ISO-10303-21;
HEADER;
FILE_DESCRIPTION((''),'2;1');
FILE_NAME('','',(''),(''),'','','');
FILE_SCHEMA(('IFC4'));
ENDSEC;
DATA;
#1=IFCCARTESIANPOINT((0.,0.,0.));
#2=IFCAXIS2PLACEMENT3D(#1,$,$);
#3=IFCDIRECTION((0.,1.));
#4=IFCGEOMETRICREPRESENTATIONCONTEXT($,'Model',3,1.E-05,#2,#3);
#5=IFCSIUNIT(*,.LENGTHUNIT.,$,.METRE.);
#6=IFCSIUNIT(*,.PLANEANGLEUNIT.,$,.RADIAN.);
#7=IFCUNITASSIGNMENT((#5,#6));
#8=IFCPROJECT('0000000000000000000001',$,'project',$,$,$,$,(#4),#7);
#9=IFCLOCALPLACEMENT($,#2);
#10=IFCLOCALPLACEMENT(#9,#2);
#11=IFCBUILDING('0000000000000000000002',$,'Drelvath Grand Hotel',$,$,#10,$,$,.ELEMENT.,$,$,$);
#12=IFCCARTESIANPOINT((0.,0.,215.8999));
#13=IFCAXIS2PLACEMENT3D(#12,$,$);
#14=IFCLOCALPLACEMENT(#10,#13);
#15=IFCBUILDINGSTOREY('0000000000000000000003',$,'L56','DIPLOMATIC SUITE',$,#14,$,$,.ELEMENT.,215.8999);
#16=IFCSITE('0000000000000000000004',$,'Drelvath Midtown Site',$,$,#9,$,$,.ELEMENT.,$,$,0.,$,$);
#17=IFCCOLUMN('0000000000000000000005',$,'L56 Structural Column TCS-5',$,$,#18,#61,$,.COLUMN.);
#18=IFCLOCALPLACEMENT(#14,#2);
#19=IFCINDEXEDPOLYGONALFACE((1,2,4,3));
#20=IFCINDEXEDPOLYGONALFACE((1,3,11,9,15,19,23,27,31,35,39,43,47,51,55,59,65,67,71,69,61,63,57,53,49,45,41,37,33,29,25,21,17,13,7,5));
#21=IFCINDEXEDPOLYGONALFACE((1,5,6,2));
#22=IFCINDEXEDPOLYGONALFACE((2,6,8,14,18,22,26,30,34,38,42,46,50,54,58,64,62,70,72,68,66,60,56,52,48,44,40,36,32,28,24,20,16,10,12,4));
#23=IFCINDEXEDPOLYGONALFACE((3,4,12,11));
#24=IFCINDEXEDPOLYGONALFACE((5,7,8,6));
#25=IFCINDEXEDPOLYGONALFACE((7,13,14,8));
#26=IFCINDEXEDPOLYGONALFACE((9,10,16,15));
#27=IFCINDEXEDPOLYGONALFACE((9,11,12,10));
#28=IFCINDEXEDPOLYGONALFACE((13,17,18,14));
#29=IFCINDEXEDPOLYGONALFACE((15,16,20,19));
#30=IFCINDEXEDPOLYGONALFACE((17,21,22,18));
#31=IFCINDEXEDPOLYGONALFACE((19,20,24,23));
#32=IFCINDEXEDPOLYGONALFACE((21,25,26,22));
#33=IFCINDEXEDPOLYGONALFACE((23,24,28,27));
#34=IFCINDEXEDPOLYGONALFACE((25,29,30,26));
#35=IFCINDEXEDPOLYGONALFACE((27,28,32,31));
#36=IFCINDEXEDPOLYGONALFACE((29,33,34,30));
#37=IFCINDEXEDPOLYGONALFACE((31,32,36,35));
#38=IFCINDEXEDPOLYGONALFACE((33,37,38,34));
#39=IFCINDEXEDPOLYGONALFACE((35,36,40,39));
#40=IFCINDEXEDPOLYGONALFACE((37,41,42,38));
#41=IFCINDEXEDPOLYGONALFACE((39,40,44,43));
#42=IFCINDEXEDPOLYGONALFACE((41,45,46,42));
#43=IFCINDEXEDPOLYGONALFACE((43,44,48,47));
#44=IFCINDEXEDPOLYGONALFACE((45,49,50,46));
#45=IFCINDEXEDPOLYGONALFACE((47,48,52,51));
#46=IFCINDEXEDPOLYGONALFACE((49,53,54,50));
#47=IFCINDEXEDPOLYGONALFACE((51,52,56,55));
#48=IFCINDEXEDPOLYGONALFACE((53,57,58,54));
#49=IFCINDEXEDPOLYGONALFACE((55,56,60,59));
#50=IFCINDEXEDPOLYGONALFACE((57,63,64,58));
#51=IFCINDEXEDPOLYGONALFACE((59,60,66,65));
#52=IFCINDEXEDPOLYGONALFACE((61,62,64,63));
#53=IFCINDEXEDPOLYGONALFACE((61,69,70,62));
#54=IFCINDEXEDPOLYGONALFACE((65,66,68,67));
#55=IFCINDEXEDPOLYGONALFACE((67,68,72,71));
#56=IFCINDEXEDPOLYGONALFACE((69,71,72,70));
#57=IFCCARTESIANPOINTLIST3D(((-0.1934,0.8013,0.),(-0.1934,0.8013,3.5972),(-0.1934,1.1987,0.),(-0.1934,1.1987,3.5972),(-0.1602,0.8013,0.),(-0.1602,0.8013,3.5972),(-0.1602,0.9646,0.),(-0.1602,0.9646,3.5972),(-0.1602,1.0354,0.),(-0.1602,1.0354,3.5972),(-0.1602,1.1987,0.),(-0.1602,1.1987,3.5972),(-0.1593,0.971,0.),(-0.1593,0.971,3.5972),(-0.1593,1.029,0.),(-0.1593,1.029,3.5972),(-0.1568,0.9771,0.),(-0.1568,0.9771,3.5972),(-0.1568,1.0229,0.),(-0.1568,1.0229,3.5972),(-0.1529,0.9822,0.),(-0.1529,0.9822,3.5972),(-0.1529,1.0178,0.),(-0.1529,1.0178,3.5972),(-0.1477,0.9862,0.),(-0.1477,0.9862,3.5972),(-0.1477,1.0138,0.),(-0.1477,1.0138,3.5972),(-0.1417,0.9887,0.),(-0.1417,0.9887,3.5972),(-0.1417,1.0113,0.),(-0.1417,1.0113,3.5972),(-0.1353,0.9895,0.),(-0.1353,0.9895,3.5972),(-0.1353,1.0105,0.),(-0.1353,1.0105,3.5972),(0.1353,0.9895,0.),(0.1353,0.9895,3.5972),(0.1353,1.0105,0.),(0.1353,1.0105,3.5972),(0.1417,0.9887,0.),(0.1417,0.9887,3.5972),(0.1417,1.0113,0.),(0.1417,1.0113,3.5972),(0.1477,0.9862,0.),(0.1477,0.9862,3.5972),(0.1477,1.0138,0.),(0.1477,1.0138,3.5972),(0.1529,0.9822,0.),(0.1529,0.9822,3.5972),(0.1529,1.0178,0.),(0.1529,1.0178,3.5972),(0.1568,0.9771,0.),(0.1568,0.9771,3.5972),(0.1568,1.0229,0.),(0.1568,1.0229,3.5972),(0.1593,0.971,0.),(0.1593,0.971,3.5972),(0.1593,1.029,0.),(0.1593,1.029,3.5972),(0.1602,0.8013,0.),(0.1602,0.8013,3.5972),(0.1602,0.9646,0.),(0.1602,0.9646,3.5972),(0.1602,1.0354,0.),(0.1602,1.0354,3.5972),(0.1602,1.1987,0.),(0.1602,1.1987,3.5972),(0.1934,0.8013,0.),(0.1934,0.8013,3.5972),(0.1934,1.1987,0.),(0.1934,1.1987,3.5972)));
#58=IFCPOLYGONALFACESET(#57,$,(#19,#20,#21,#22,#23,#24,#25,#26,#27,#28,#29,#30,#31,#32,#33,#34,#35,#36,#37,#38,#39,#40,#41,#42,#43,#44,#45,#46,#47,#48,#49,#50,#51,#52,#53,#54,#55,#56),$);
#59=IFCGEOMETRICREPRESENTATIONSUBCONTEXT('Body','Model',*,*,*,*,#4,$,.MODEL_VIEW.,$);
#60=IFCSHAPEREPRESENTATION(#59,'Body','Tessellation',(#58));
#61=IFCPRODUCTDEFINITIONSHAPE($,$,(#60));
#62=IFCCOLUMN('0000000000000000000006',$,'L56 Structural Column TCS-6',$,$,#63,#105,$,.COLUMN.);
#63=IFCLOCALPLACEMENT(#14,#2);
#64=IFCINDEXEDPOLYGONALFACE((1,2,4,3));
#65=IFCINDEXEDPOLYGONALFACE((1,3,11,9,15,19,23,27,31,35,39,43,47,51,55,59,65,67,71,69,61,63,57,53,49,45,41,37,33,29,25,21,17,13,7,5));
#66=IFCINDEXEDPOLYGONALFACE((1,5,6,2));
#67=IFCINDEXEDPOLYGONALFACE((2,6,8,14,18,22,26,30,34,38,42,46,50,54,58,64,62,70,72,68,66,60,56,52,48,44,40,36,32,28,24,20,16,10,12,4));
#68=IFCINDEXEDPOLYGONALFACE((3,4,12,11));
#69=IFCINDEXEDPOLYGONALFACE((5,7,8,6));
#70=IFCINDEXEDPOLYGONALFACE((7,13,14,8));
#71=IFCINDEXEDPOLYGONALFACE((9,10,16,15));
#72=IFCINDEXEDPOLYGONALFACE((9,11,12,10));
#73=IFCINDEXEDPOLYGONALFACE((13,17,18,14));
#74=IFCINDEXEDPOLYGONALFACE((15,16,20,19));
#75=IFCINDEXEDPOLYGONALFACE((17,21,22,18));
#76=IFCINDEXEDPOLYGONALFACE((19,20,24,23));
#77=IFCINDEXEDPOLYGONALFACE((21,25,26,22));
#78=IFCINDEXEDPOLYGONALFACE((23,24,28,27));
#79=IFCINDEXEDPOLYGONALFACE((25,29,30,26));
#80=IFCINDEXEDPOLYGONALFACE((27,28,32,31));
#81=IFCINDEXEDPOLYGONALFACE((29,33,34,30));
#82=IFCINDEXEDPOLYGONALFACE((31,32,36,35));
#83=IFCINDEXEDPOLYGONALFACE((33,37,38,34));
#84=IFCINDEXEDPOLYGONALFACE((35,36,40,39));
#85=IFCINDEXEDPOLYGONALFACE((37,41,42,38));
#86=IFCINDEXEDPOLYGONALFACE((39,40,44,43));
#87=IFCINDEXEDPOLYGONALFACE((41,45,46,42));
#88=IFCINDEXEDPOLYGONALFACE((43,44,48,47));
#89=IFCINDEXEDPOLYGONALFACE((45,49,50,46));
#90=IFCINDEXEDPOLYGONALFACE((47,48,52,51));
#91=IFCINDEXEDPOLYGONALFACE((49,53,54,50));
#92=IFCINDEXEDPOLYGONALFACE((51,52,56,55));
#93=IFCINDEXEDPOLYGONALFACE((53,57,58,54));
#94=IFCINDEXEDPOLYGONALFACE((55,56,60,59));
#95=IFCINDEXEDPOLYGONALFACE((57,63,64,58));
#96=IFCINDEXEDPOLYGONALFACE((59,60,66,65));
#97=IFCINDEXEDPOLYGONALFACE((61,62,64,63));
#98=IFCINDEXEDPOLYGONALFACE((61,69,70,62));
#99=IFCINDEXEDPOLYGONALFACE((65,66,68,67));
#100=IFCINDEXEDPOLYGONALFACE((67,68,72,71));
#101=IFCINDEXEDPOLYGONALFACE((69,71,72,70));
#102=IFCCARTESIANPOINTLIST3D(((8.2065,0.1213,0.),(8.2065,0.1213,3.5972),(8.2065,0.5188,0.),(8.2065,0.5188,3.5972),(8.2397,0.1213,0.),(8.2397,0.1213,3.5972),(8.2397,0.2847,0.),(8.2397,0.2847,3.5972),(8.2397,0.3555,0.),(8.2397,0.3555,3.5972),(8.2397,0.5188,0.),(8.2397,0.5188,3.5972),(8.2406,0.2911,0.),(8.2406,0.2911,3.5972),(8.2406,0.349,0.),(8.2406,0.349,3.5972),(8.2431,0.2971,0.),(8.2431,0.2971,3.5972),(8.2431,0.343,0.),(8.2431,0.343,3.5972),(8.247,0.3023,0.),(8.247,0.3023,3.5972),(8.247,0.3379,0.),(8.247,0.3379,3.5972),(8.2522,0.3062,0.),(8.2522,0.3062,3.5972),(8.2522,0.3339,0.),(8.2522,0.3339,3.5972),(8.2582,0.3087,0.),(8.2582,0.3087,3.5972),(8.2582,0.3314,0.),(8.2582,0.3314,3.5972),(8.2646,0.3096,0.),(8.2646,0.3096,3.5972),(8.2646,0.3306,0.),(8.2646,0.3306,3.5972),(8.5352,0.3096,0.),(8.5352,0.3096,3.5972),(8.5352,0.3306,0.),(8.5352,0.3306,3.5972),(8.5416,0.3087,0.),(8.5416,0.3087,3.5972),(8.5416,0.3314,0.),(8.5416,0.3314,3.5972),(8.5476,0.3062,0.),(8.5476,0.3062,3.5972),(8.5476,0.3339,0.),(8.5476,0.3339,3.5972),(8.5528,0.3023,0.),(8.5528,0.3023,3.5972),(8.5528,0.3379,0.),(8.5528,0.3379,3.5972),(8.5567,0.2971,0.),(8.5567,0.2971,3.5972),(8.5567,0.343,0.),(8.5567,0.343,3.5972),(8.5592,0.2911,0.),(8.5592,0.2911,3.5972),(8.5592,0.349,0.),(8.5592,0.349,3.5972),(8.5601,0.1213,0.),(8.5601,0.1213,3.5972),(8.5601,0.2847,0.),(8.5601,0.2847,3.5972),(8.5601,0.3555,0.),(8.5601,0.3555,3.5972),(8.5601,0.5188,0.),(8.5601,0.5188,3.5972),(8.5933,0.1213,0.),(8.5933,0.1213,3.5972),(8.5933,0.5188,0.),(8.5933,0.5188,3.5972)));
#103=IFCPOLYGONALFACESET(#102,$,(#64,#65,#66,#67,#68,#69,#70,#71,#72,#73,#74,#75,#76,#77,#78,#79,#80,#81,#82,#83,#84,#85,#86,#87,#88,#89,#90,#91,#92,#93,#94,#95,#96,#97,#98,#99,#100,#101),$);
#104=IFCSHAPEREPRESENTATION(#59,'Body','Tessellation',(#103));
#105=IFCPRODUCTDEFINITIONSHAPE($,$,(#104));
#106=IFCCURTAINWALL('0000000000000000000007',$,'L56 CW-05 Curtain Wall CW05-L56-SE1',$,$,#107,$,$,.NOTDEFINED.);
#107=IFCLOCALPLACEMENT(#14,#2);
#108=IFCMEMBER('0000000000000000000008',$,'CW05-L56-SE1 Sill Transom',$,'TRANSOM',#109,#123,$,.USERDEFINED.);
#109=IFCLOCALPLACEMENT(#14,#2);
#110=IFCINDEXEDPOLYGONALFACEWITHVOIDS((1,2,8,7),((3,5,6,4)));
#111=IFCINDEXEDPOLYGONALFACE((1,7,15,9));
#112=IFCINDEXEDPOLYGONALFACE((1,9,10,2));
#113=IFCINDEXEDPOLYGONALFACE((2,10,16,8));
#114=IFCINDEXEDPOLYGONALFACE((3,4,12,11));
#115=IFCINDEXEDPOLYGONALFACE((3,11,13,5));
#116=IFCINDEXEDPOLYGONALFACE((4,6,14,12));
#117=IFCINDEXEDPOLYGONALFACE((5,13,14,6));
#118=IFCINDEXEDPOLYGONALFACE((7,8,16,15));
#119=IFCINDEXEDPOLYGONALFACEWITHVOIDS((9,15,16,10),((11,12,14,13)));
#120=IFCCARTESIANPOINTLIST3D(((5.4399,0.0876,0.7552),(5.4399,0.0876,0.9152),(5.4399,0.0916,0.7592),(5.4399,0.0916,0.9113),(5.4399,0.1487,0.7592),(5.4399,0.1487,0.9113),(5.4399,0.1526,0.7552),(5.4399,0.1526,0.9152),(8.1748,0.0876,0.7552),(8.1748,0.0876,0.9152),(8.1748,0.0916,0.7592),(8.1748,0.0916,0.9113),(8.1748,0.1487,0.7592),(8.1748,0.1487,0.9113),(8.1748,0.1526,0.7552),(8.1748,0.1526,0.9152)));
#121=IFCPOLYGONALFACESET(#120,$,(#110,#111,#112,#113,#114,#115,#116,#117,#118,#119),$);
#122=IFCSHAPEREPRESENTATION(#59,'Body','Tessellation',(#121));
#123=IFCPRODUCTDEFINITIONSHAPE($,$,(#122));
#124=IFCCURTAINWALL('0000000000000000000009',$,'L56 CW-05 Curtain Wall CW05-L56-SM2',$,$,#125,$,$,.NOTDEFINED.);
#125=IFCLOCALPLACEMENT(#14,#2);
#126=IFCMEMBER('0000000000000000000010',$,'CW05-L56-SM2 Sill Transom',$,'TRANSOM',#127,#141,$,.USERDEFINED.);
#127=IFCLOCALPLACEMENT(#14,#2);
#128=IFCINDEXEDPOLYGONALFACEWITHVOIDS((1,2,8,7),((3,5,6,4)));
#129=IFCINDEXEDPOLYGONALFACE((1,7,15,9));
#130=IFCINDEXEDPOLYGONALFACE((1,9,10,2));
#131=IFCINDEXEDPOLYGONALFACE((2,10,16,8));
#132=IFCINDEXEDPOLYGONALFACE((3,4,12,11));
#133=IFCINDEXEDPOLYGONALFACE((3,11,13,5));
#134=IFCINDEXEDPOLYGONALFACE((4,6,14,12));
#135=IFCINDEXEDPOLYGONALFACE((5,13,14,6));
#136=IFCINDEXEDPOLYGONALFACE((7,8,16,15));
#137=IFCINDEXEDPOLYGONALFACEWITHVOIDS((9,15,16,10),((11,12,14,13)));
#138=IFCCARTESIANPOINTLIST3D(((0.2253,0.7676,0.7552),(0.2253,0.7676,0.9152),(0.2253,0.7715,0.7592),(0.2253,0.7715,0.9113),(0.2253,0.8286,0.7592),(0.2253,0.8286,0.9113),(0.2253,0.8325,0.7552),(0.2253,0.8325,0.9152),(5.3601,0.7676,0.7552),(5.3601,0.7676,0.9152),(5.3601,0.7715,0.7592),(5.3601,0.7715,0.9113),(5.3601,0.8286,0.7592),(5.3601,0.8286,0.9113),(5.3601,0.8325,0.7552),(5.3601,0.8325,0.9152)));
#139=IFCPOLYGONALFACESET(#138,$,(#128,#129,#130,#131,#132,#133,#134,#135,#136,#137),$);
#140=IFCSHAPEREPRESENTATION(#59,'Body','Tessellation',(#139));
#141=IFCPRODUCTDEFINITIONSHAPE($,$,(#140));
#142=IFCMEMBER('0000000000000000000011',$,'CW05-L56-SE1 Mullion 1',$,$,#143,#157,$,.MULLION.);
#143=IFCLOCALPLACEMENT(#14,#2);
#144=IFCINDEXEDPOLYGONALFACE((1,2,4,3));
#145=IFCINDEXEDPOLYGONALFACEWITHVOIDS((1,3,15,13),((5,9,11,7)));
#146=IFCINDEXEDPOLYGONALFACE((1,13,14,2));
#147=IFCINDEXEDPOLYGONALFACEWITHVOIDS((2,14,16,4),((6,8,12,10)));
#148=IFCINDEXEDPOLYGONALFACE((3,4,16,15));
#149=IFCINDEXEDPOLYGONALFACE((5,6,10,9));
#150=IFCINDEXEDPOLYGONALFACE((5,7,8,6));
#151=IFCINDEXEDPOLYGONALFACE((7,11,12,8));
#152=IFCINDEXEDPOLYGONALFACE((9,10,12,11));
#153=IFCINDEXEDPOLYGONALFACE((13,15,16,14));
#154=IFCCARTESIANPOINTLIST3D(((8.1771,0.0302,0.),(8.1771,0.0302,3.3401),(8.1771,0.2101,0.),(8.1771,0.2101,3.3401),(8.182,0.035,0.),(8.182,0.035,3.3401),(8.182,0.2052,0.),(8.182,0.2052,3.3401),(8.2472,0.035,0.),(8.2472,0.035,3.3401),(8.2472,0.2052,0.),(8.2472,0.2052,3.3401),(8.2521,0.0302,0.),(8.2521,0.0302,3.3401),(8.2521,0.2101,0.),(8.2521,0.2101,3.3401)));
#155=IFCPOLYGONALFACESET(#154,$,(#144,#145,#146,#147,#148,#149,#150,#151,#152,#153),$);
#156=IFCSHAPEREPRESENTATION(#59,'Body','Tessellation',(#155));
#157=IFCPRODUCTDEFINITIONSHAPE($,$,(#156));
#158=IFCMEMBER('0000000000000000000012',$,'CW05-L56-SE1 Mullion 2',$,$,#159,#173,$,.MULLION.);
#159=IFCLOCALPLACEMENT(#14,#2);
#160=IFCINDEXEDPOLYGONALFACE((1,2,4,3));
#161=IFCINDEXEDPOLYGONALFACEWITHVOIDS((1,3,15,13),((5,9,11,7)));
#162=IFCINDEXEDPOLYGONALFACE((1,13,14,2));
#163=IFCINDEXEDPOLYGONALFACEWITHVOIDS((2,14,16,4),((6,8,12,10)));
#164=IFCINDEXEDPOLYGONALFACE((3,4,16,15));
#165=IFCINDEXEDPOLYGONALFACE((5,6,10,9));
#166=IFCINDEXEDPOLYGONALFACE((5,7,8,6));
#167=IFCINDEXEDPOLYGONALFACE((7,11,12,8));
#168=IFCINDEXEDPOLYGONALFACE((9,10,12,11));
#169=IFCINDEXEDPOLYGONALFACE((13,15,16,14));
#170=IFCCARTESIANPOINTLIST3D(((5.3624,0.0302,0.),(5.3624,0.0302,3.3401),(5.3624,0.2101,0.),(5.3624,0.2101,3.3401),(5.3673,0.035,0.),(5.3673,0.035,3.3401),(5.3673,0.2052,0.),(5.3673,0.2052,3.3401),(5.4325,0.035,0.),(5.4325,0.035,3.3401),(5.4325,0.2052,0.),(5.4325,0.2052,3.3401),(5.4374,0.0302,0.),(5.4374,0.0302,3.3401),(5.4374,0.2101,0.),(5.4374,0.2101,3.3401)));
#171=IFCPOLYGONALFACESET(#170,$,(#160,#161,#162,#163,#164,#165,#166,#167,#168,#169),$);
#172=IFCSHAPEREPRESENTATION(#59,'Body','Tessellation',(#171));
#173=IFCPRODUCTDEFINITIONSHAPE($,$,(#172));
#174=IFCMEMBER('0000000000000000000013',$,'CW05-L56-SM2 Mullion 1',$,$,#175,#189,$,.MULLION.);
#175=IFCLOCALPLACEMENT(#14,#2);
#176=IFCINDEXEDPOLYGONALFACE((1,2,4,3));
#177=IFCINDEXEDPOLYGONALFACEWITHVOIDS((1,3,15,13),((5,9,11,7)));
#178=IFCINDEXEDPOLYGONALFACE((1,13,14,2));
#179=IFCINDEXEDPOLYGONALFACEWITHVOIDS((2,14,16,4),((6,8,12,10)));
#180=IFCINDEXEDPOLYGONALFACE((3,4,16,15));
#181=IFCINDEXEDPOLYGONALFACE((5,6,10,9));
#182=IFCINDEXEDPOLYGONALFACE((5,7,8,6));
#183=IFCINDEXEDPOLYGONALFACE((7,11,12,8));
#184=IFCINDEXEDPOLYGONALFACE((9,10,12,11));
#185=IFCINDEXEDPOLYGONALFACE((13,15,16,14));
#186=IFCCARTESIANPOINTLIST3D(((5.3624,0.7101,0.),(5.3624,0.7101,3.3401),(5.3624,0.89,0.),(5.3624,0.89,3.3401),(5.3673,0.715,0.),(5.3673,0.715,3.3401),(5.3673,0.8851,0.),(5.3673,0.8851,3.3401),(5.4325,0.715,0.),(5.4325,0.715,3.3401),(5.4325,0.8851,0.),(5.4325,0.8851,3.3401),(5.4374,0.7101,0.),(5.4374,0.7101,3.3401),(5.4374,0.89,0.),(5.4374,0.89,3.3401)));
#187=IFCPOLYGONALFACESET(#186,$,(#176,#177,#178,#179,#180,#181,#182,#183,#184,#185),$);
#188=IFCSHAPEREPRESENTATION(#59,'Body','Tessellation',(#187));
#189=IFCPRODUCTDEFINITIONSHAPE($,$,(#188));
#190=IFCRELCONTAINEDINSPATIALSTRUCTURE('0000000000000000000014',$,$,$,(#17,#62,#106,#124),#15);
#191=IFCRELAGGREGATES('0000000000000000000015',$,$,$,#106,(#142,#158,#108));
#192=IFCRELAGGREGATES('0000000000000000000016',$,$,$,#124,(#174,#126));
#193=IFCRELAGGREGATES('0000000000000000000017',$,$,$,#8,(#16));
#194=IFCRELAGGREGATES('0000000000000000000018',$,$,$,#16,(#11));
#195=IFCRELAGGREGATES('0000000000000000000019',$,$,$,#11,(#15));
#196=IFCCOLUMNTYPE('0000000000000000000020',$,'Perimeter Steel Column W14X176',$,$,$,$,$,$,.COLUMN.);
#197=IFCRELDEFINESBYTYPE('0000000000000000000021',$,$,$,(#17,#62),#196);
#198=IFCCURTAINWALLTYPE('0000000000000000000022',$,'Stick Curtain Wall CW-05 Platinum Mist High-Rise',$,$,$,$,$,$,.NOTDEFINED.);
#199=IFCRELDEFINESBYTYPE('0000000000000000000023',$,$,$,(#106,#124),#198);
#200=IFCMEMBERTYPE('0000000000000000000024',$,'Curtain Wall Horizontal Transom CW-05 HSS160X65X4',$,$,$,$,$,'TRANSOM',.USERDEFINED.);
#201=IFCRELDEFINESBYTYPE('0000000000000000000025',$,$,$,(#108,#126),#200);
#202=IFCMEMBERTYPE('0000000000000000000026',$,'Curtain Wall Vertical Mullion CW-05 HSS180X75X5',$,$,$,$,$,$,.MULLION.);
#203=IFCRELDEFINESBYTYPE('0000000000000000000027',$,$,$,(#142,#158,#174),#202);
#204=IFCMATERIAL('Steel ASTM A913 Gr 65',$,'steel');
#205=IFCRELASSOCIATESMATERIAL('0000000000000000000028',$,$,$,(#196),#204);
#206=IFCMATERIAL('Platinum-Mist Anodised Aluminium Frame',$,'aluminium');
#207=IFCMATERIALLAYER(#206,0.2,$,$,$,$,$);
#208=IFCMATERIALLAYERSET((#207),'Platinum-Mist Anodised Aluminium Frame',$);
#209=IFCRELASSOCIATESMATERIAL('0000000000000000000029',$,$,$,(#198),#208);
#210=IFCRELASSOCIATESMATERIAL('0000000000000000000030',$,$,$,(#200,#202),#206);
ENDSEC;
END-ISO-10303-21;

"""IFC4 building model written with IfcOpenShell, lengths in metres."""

from ifc_helpers import new_model, si_unit, direction, frame, origin, origin_2d, place, context, subcontext, project, spatial, hollow_rectangle, i_section, extrude, material, layer, layer_set, material_profile, profile_set, type_object, element, aggregate, save


model = new_model("IFC4")

# Units and contexts
model_context = context("Model", 3, precision=1e-05, world=origin(), true_north=direction((0.0, 1.0)))
body_context = subcontext(model_context, "Body", "Model", "MODEL_VIEW")
ifc_project = project(units=[si_unit("LENGTHUNIT", "METRE"), si_unit("PLANEANGLEUNIT", "RADIAN")], contexts=[model_context])

# Site, building, storey
site_placement = place(None, origin())
site = spatial("IfcSite", under=ifc_project, at=site_placement, Name="Drelvath Midtown Site", CompositionType="ELEMENT", RefElevation=0.0)
building_placement = place(site_placement, origin())
building = spatial("IfcBuilding", under=site, at=building_placement, Name="Drelvath Grand Hotel", CompositionType="ELEMENT")
storey_placement = place(building_placement, frame((0.0, 0.0, 215.8999)))
storey = spatial("IfcBuildingStorey", under=building, at=storey_placement, Name="L56", Description="DIPLOMATIC SUITE", CompositionType="ELEMENT", Elevation=215.8999)

# Columns
ifc_material_1 = material(Name="Steel ASTM A913 Gr 65", Category="steel")
ifc_material_profile_1 = material_profile(ifc_material_1, i_section(OverallWidth=0.3975, OverallDepth=0.3867, WebThickness=0.021, FlangeThickness=0.0332, FilletRadius=0.0249, at=origin_2d()), Name="W14X176")
ifc_profile_set_1 = profile_set([ifc_material_profile_1], Name="Steel ASTM A913 Gr 65")
column_type = type_object("IfcColumnType", Name="Perimeter Steel Column W14X176", PredefinedType="COLUMN", material=ifc_profile_set_1)
for number, where, z_axis, x_axis, name in (
    (1, (0.0, 1.0, 0.0), (0.0, 0.0, 1.0), (0.0, 1.0, 0.0), "L56 Structural Column TCS-5"),
    (2, (8.3999, 0.3201, 0.0), (0.0, 0.0, 1.0), (0.0, 1.0, 0.0), "L56 Structural Column TCS-6"),
):
    element("IfcColumn", number, at=place(storey_placement, frame(where, z_axis=z_axis, x_axis=x_axis)), inside=storey, type_object=column_type, Name=name, PredefinedType="COLUMN", context=body_context, shape_type="SweptSolid", body=[
        extrude(i_section(OverallWidth=0.3975, OverallDepth=0.3867, WebThickness=0.021, FlangeThickness=0.0332, FilletRadius=0.0249, at=origin_2d()), origin(), (0.0, 0.0, 1.0), 3.5972),
    ])

# Curtain walls, members
ifc_material_2 = material(Name="Platinum-Mist Anodised Aluminium Frame", Category="aluminium")
ifc_layer_1 = layer(ifc_material_2, 0.2)
ifc_layer_set_1 = layer_set([ifc_layer_1], Name="Platinum-Mist Anodised Aluminium Frame")
curtain_wall_type = type_object("IfcCurtainWallType", Name="Stick Curtain Wall CW-05 Platinum Mist High-Rise", PredefinedType="NOTDEFINED", material=ifc_layer_set_1)
curtain_wall_1_placement = place(storey_placement, origin())
curtain_wall_1 = element("IfcCurtainWall", 3, at=curtain_wall_1_placement, inside=storey, type_object=curtain_wall_type, Name="L56 CW-05 Curtain Wall CW05-L56-SE1", PredefinedType="NOTDEFINED")
ifc_material_profile_2 = material_profile(ifc_material_2, hollow_rectangle(XDim=0.0649, YDim=0.1599, WallThickness=0.0039, at=origin_2d()), Name="HSS160X65X4")
ifc_profile_set_2 = profile_set([ifc_material_profile_2], Name="Platinum-Mist Anodised Aluminium Frame")
member_type_1 = type_object("IfcMemberType", Name="Curtain Wall Horizontal Transom CW-05 HSS160X65X4", ElementType="TRANSOM", PredefinedType="USERDEFINED", material=ifc_profile_set_2)
member_1_placement = place(storey_placement, frame((8.1748, 0.1201, 0.8352), z_axis=(-1.0, 0.0, 0.0), x_axis=(0.0, -1.0, 0.0)))
member_1 = element("IfcMember", 4, at=member_1_placement, type_object=member_type_1, Name="CW05-L56-SE1 Sill Transom", ObjectType="TRANSOM", PredefinedType="USERDEFINED", context=body_context, shape_type="SweptSolid", body=[
    extrude(hollow_rectangle(XDim=0.0649, YDim=0.1599, WallThickness=0.0039, at=origin_2d()), origin(), (0.0, 0.0, 1.0), 2.7349),
])
curtain_wall_2_placement = place(storey_placement, origin())
curtain_wall_2 = element("IfcCurtainWall", 5, at=curtain_wall_2_placement, inside=storey, type_object=curtain_wall_type, Name="L56 CW-05 Curtain Wall CW05-L56-SM2", PredefinedType="NOTDEFINED")
member_2_placement = place(storey_placement, frame((5.3601, 0.8, 0.8352), z_axis=(-1.0, 0.0, 0.0), x_axis=(0.0, -1.0, 0.0)))
member_2 = element("IfcMember", 6, at=member_2_placement, type_object=member_type_1, Name="CW05-L56-SM2 Sill Transom", ObjectType="TRANSOM", PredefinedType="USERDEFINED", context=body_context, shape_type="SweptSolid", body=[
    extrude(hollow_rectangle(XDim=0.0649, YDim=0.1599, WallThickness=0.0039, at=origin_2d()), origin(), (0.0, 0.0, 1.0), 5.1348),
])

# Members
ifc_material_profile_3 = material_profile(ifc_material_2, hollow_rectangle(XDim=0.075, YDim=0.1799, WallThickness=0.0049, at=origin_2d()), Name="HSS180X75X5")
ifc_profile_set_3 = profile_set([ifc_material_profile_3], Name="Platinum-Mist Anodised Aluminium Frame")
member_type_2 = type_object("IfcMemberType", Name="Curtain Wall Vertical Mullion CW-05 HSS180X75X5", PredefinedType="MULLION", material=ifc_profile_set_3)
member_3_placement = place(storey_placement, frame((8.2146, 0.1201, 0.0), z_axis=(0.0, 0.0, 1.0), x_axis=(1.0, 0.0, 0.0)))
member_3 = element("IfcMember", 7, at=member_3_placement, type_object=member_type_2, Name="CW05-L56-SE1 Mullion 1", PredefinedType="MULLION", context=body_context, shape_type="SweptSolid", body=[
    extrude(hollow_rectangle(XDim=0.075, YDim=0.1799, WallThickness=0.0049, at=origin_2d()), origin(), (0.0, 0.0, 1.0), 3.3401),
])
member_4_placement = place(storey_placement, frame((5.3999, 0.1201, 0.0), z_axis=(0.0, 0.0, 1.0), x_axis=(1.0, 0.0, 0.0)))
member_4 = element("IfcMember", 8, at=member_4_placement, type_object=member_type_2, Name="CW05-L56-SE1 Mullion 2", PredefinedType="MULLION", context=body_context, shape_type="SweptSolid", body=[
    extrude(hollow_rectangle(XDim=0.075, YDim=0.1799, WallThickness=0.0049, at=origin_2d()), origin(), (0.0, 0.0, 1.0), 3.3401),
])
member_5_placement = place(storey_placement, frame((5.3999, 0.8, 0.0), z_axis=(0.0, 0.0, 1.0), x_axis=(1.0, 0.0, 0.0)))
member_5 = element("IfcMember", 9, at=member_5_placement, type_object=member_type_2, Name="CW05-L56-SM2 Mullion 1", PredefinedType="MULLION", context=body_context, shape_type="SweptSolid", body=[
    extrude(hollow_rectangle(XDim=0.075, YDim=0.1799, WallThickness=0.0049, at=origin_2d()), origin(), (0.0, 0.0, 1.0), 3.3401),
])

aggregate(curtain_wall_1, [member_3, member_4, member_1])
aggregate(curtain_wall_2, [member_5, member_2])

save(model, "model.ifc")
